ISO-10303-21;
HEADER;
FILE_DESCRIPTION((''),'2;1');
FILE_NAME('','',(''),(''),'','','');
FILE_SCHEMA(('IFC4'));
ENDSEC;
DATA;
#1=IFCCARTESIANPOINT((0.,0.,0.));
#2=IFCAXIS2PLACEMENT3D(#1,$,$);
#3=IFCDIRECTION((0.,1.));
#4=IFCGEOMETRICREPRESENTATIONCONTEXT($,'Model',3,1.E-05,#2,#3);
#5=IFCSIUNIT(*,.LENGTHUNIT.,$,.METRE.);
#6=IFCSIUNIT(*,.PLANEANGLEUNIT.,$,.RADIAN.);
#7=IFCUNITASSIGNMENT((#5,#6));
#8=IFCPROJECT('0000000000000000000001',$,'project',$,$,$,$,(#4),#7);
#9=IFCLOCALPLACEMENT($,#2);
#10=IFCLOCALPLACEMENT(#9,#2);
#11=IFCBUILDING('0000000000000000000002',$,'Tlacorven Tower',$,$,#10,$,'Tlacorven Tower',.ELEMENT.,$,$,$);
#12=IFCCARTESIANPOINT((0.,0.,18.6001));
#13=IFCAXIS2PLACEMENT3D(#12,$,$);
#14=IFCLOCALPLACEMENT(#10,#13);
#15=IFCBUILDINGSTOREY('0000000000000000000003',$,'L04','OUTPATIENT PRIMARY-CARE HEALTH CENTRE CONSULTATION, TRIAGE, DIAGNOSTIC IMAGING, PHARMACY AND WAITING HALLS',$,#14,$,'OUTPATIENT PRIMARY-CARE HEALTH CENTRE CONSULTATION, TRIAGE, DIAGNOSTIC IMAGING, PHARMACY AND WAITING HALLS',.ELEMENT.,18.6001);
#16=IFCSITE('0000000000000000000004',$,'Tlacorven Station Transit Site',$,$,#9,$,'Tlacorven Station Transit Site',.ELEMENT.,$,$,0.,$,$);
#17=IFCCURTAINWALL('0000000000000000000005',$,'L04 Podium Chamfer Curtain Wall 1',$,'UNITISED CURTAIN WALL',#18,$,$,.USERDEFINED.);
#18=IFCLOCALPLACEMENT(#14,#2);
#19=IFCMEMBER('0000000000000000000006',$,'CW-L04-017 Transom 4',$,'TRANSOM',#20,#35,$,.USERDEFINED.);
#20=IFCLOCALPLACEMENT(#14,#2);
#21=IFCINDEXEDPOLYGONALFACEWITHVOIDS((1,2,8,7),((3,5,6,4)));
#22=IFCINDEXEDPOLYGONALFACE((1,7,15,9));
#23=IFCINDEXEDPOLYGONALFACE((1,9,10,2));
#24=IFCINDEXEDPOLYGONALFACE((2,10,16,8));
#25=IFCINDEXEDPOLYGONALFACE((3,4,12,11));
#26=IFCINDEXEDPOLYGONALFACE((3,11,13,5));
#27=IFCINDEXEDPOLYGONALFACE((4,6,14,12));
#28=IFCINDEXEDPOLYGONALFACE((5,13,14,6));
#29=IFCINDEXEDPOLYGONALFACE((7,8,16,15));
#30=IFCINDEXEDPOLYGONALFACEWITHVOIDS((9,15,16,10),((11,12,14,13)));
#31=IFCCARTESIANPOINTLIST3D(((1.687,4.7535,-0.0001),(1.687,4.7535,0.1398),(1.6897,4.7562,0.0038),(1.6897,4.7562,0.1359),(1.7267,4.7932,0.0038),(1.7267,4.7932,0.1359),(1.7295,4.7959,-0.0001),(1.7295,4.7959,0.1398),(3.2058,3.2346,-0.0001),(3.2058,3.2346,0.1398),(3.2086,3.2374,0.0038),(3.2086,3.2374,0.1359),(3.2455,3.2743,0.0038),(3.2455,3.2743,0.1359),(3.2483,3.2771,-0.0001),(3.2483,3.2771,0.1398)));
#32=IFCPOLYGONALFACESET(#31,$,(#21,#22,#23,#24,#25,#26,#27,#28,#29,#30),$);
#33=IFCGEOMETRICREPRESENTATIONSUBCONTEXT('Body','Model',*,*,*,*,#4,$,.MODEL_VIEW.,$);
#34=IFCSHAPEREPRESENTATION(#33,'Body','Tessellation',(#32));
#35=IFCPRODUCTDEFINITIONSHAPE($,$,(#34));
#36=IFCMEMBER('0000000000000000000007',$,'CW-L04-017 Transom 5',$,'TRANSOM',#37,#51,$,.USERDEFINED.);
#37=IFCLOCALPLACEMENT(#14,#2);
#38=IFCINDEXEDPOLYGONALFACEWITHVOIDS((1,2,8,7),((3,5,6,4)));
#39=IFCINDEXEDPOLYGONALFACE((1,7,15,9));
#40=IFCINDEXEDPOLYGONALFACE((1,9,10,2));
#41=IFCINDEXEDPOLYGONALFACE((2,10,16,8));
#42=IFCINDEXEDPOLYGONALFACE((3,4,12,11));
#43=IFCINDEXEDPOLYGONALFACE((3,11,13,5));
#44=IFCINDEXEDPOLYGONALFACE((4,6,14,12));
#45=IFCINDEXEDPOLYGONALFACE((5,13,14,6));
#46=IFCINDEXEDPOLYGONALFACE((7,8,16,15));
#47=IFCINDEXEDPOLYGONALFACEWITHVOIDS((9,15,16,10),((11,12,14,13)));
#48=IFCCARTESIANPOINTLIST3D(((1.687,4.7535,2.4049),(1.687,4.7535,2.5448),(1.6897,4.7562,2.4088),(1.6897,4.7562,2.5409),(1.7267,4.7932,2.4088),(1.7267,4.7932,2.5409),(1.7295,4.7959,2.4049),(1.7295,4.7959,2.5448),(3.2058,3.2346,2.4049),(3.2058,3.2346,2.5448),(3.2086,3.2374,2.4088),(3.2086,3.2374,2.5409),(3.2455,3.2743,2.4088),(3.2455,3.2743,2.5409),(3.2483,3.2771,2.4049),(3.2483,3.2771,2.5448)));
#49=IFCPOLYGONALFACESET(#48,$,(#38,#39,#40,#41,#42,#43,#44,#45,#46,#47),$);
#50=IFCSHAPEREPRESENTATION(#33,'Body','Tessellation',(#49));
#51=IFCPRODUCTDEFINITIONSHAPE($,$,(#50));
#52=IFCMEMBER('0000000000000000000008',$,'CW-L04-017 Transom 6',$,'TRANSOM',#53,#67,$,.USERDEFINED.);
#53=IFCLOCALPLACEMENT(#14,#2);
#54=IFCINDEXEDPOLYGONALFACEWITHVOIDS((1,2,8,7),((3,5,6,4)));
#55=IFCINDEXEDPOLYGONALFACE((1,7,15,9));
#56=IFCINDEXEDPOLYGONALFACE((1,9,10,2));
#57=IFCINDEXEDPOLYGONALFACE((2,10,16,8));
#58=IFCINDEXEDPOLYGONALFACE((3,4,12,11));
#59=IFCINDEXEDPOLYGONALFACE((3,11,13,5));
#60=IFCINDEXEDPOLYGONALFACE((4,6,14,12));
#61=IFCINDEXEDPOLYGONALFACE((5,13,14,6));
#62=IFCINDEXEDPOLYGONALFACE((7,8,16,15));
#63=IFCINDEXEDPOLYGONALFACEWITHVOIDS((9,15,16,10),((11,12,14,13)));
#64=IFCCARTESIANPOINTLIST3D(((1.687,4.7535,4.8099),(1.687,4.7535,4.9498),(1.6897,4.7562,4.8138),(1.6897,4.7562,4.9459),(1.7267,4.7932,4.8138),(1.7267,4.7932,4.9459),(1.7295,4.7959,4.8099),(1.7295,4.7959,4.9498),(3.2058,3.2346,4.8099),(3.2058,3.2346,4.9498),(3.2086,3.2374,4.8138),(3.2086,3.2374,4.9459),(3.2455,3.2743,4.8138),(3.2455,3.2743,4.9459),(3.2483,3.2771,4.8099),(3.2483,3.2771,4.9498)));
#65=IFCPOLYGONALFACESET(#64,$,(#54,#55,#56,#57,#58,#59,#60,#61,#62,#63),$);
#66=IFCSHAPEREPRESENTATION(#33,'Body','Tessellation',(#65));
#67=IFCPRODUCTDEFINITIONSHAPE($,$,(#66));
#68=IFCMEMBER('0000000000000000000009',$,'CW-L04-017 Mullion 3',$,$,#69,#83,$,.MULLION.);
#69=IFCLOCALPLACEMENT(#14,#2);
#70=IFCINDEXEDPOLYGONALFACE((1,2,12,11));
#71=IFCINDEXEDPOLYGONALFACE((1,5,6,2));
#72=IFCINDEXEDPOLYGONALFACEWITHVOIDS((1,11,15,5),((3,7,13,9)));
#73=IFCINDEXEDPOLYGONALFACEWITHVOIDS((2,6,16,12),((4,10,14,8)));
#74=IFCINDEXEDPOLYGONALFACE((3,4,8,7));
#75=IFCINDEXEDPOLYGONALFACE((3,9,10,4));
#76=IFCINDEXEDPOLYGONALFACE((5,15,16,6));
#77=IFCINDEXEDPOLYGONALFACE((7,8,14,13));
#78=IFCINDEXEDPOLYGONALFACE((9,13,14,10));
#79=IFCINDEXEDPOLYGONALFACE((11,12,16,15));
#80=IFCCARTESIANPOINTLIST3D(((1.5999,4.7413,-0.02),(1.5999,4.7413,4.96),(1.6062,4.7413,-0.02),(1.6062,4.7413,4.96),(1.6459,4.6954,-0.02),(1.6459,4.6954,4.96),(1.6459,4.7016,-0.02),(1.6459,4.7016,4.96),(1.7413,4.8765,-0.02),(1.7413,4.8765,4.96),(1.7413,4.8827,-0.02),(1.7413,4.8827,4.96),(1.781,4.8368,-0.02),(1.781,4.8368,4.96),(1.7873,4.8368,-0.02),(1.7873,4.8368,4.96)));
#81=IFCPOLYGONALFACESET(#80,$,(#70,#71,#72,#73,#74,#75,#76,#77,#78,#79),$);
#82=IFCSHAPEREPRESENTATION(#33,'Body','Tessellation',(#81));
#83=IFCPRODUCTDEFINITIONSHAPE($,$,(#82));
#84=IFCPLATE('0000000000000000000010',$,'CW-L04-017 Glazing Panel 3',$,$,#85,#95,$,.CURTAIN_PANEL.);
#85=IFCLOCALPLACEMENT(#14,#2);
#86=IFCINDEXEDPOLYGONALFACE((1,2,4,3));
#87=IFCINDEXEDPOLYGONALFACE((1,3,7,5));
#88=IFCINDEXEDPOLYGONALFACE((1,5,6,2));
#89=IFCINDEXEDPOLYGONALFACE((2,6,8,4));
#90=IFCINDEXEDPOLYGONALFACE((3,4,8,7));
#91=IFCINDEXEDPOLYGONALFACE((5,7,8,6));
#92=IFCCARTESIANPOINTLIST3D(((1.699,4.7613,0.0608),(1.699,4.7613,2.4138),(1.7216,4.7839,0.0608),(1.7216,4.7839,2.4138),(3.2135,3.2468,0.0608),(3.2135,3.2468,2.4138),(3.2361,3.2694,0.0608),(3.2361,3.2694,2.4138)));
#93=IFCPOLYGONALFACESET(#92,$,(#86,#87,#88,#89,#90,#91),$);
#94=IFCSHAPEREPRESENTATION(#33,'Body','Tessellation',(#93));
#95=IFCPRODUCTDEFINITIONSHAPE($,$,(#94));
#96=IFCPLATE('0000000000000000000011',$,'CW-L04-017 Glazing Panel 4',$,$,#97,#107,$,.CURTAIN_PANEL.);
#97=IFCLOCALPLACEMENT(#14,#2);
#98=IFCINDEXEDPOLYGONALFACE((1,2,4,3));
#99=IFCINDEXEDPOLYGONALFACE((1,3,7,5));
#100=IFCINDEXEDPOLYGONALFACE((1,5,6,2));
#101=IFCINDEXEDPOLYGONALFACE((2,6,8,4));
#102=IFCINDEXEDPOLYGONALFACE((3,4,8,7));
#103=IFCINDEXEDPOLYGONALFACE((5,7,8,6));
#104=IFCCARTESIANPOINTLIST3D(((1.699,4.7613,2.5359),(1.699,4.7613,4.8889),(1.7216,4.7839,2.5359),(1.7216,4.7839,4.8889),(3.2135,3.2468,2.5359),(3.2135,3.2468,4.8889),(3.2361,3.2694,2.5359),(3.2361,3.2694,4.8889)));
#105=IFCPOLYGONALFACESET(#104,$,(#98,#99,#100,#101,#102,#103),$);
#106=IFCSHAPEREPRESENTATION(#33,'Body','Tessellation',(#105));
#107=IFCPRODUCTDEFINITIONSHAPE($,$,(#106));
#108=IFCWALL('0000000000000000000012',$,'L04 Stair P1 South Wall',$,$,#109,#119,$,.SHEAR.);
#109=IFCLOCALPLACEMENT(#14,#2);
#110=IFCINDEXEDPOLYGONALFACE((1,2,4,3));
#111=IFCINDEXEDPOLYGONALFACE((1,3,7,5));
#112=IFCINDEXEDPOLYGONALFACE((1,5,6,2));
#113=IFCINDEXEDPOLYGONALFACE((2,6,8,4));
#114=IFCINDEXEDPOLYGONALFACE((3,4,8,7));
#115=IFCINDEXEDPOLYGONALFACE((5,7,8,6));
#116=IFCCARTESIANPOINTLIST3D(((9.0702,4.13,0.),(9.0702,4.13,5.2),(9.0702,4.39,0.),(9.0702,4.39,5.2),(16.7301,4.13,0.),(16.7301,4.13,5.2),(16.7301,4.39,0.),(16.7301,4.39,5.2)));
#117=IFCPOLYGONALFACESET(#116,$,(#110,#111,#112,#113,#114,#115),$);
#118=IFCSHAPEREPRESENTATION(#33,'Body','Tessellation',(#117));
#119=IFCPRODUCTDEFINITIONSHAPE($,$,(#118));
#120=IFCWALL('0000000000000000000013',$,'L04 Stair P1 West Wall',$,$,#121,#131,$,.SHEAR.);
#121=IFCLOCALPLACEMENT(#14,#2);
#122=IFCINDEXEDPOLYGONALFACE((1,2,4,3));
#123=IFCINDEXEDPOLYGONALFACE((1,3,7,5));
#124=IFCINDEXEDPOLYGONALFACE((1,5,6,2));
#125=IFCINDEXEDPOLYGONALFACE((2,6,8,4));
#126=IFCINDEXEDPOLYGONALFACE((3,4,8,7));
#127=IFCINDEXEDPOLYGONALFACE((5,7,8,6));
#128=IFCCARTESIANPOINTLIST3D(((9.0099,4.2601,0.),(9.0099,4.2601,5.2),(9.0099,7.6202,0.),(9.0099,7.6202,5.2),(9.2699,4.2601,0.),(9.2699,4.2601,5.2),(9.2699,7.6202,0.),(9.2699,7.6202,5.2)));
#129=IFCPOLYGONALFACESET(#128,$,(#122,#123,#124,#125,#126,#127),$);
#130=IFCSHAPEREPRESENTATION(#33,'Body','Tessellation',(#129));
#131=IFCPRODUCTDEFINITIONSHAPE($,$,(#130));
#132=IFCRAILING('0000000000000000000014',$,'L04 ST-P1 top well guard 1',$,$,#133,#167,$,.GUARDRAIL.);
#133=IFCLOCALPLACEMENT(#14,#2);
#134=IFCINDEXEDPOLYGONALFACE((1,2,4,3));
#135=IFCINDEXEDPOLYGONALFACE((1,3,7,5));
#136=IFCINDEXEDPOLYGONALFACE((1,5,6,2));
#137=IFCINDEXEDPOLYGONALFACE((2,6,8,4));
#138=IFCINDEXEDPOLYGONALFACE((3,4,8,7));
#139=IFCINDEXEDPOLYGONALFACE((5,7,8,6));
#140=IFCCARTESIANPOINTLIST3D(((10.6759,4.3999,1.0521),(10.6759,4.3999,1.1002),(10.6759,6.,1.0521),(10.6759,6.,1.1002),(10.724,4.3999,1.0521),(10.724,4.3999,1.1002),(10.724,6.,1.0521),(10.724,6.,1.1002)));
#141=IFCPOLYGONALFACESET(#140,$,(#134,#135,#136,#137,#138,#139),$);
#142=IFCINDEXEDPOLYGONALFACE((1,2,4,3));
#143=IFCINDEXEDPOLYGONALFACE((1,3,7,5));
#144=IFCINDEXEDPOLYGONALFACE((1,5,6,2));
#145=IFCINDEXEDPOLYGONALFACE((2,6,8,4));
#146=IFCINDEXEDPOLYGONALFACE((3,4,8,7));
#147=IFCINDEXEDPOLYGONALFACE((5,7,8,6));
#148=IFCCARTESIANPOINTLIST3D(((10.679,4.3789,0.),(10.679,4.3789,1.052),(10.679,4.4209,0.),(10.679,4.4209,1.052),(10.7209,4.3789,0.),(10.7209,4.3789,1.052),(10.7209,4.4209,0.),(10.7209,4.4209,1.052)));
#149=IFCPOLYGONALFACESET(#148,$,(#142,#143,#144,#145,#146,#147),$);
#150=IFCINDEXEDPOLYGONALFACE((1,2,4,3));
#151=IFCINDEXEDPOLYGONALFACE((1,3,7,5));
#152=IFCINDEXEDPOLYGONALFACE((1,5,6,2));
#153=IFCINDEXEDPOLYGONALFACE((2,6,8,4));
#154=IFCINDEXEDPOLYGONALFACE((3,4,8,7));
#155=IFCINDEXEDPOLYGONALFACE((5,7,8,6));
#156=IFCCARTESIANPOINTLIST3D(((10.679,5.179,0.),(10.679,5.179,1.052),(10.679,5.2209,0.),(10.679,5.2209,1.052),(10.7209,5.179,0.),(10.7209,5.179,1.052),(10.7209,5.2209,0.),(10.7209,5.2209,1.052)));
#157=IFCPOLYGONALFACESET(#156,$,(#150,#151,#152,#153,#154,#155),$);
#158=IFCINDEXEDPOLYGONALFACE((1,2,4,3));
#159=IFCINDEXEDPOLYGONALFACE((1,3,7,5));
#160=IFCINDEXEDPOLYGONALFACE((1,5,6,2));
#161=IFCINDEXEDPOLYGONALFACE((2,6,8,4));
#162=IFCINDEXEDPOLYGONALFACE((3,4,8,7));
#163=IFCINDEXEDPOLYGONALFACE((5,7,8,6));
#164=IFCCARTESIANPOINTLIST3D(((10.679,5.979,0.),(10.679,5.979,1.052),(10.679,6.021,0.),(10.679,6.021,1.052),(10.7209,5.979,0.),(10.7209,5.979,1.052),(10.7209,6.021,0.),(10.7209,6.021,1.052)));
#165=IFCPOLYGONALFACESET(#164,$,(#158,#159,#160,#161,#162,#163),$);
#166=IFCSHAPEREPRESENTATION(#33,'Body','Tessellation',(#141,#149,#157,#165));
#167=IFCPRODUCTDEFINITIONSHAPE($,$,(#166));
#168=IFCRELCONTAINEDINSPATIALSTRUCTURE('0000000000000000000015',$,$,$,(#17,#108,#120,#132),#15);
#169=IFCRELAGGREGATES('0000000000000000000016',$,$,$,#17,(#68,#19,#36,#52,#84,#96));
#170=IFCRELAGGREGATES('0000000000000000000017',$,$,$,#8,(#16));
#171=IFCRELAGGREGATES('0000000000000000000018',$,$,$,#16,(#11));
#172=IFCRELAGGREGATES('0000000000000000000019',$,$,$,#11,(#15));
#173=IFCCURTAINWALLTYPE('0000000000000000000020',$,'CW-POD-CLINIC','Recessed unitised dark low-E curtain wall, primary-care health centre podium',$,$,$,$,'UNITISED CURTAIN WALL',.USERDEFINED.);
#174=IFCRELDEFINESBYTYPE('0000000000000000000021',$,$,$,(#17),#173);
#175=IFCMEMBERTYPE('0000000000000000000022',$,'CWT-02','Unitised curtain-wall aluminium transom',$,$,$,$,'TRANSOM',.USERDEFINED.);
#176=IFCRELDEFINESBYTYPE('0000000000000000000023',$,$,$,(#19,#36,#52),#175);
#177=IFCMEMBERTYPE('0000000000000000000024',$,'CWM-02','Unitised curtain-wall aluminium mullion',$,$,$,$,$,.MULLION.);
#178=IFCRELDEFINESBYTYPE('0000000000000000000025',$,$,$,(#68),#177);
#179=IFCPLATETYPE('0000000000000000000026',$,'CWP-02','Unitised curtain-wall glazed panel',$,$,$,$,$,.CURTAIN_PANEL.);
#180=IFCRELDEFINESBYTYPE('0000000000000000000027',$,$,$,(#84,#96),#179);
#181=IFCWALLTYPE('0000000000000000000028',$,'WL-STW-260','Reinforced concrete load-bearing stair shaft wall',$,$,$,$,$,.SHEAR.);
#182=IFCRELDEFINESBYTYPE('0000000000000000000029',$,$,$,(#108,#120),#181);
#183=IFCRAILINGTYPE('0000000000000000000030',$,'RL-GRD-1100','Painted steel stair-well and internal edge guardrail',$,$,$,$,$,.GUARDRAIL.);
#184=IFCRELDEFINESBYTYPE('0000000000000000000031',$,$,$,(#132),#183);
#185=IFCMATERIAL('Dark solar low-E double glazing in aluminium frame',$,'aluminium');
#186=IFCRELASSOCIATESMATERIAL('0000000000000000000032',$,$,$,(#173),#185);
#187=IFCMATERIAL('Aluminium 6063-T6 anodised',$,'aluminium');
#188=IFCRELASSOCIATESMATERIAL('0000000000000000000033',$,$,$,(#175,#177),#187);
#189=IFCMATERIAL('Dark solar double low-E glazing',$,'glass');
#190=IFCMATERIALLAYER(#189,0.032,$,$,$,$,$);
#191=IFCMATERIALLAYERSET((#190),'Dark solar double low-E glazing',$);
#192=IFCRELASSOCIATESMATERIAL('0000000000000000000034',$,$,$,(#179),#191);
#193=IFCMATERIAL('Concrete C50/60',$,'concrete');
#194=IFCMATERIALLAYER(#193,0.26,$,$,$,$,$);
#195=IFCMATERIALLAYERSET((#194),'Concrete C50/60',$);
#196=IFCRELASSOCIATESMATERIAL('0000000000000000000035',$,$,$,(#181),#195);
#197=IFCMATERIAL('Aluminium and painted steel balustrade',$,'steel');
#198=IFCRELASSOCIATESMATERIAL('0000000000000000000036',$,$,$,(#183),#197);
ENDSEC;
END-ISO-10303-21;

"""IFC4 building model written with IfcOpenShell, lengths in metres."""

from ifc_helpers import new_model, si_unit, direction, frame, frame_2d, origin, origin_2d, place, context, subcontext, project, spatial, rectangle, hollow_rectangle, extrude, source, transform, mapped, material, layer, layer_set, material_profile, profile_set, type_object, element, aggregate, save


model = new_model("IFC4")

# Units and contexts
model_context = context("Model", 3, precision=1e-05, world=origin(), true_north=direction((0.0, 1.0)))
body_context = subcontext(model_context, "Body", "Model", "MODEL_VIEW")
ifc_project = project(units=[si_unit("LENGTHUNIT", "METRE"), si_unit("PLANEANGLEUNIT", "RADIAN")], contexts=[model_context])

# Site, building, storey
site_placement = place(None, origin())
site = spatial("IfcSite", under=ifc_project, at=site_placement, Name="Tlacorven Station Transit Site", LongName="Tlacorven Station Transit Site", CompositionType="ELEMENT", RefElevation=0.0)
building_placement = place(site_placement, origin())
building = spatial("IfcBuilding", under=site, at=building_placement, Name="Tlacorven Tower", LongName="Tlacorven Tower", CompositionType="ELEMENT")
storey_placement = place(building_placement, frame((0.0, 0.0, 18.6001)))
storey = spatial("IfcBuildingStorey", under=building, at=storey_placement, Name="L04", Description="OUTPATIENT PRIMARY-CARE HEALTH CENTRE CONSULTATION, TRIAGE, DIAGNOSTIC IMAGING, PHARMACY AND WAITING HALLS", LongName="OUTPATIENT PRIMARY-CARE HEALTH CENTRE CONSULTATION, TRIAGE, DIAGNOSTIC IMAGING, PHARMACY AND WAITING HALLS", CompositionType="ELEMENT", Elevation=18.6001)

# Curtain wall, members, plates
ifc_material_1 = material(Name="Dark solar low-E double glazing in aluminium frame", Category="aluminium")
curtain_wall_type = type_object("IfcCurtainWallType", Name="CW-POD-CLINIC", Description="Recessed unitised dark low-E curtain wall, primary-care health centre podium", ElementType="UNITISED CURTAIN WALL", PredefinedType="USERDEFINED", material=ifc_material_1)
curtain_wall_placement = place(storey_placement, origin())
curtain_wall = element("IfcCurtainWall", 1, at=curtain_wall_placement, inside=storey, type_object=curtain_wall_type, Name="L04 Podium Chamfer Curtain Wall 1", ObjectType="UNITISED CURTAIN WALL", PredefinedType="USERDEFINED")
ifc_material_2 = material(Name="Aluminium 6063-T6 anodised", Category="aluminium")
ifc_material_profile_1 = material_profile(ifc_material_2, hollow_rectangle(XDim=0.0601, YDim=0.1399, WallThickness=0.0039, at=origin_2d()), Name="ALU TRANSOM 60X140")
ifc_profile_set_1 = profile_set([ifc_material_profile_1], Name="Aluminium 6063-T6 anodised")
member_type_1 = type_object("IfcMemberType", Name="CWT-02", Description="Unitised curtain-wall aluminium transom", ElementType="TRANSOM", PredefinedType="USERDEFINED", material=ifc_profile_set_1)
shared_shape_1 = source(origin(), body_context, "Body", "SweptSolid", [
    extrude(hollow_rectangle(XDim=0.0601, YDim=0.1399, WallThickness=0.0039, at=origin_2d()), origin(), (0.0, 0.0, 1.0), 2.1479),
])
member_1_placement = place(storey_placement, frame((3.2271, 3.2559, 0.0698), z_axis=(-0.707107, 0.707107, 0.0), x_axis=(-0.707107, -0.707107, 0.0)))
member_1 = element("IfcMember", 2, at=member_1_placement, type_object=member_type_1, Name="CW-L04-017 Transom 4", ObjectType="TRANSOM", PredefinedType="USERDEFINED", context=body_context, shape_type="MappedRepresentation", body=[
    mapped(shared_shape_1, transform((0.0, 0.0, 0.0), scale=1.0)),
])
member_2_placement = place(storey_placement, frame((3.2271, 3.2559, 2.4749), z_axis=(-0.707107, 0.707107, 0.0), x_axis=(-0.707107, -0.707107, 0.0)))
member_2 = element("IfcMember", 3, at=member_2_placement, type_object=member_type_1, Name="CW-L04-017 Transom 5", ObjectType="TRANSOM", PredefinedType="USERDEFINED", context=body_context, shape_type="MappedRepresentation", body=[
    mapped(shared_shape_1, transform((0.0, 0.0, 0.0), scale=1.0)),
])
member_3_placement = place(storey_placement, frame((3.2271, 3.2559, 4.8799), z_axis=(-0.707107, 0.707107, 0.0), x_axis=(-0.707107, -0.707107, 0.0)))
member_3 = element("IfcMember", 4, at=member_3_placement, type_object=member_type_1, Name="CW-L04-017 Transom 6", ObjectType="TRANSOM", PredefinedType="USERDEFINED", context=body_context, shape_type="MappedRepresentation", body=[
    mapped(shared_shape_1, transform((0.0, 0.0, 0.0), scale=1.0)),
])
ifc_material_profile_2 = material_profile(ifc_material_2, hollow_rectangle(XDim=0.0649, YDim=0.2, WallThickness=0.0044, at=origin_2d()), Name="ALU MULLION 65X200")
ifc_profile_set_2 = profile_set([ifc_material_profile_2], Name="Aluminium 6063-T6 anodised")
member_type_2 = type_object("IfcMemberType", Name="CWM-02", Description="Unitised curtain-wall aluminium mullion", PredefinedType="MULLION", material=ifc_profile_set_2)
shared_shape_2 = source(origin(), body_context, "Body", "SweptSolid", [
    extrude(hollow_rectangle(XDim=0.0649, YDim=0.2, WallThickness=0.0044, at=origin_2d()), origin(), (0.0, 0.0, 1.0), 4.98),
])
member_4_placement = place(storey_placement, frame((1.6936, 4.7891, -0.02), z_axis=(0.0, 0.0, 1.0), x_axis=(-0.707107, 0.707107, 0.0)))
member_4 = element("IfcMember", 5, at=member_4_placement, type_object=member_type_2, Name="CW-L04-017 Mullion 3", PredefinedType="MULLION", context=body_context, shape_type="MappedRepresentation", body=[
    mapped(shared_shape_2, transform((0.0, 0.0, 0.0), scale=1.0)),
])
ifc_material_3 = material(Name="Dark solar double low-E glazing", Category="glass")
ifc_layer_1 = layer(ifc_material_3, 0.032)
ifc_layer_set_1 = layer_set([ifc_layer_1], Name="Dark solar double low-E glazing")
plate_type = type_object("IfcPlateType", Name="CWP-02", Description="Unitised curtain-wall glazed panel", PredefinedType="CURTAIN_PANEL", material=ifc_layer_set_1)
shared_shape_3 = source(origin(), body_context, "Body", "SweptSolid", [
    extrude(rectangle(XDim=2.1418, YDim=0.032, at=origin_2d()), origin(), (0.0, 0.0, 1.0), 2.353),
])
plate_1_placement = place(storey_placement, frame((2.4675, 4.0154, 0.0608), z_axis=(0.0, 0.0, 1.0), x_axis=(-0.707107, 0.707107, 0.0)))
plate_1 = element("IfcPlate", 6, at=plate_1_placement, type_object=plate_type, Name="CW-L04-017 Glazing Panel 3", PredefinedType="CURTAIN_PANEL", context=body_context, shape_type="MappedRepresentation", body=[
    mapped(shared_shape_3, transform((0.0, 0.0, 0.0), scale=1.0)),
])
plate_2_placement = place(storey_placement, frame((2.4675, 4.0154, 2.5359), z_axis=(0.0, 0.0, 1.0), x_axis=(-0.707107, 0.707107, 0.0)))
plate_2 = element("IfcPlate", 7, at=plate_2_placement, type_object=plate_type, Name="CW-L04-017 Glazing Panel 4", PredefinedType="CURTAIN_PANEL", context=body_context, shape_type="MappedRepresentation", body=[
    mapped(shared_shape_3, transform((0.0, 0.0, 0.0), scale=1.0)),
])
aggregate(curtain_wall, [member_4, member_1, member_2, member_3, plate_1, plate_2])

# Walls
ifc_material_4 = material(Name="Concrete C50/60", Category="concrete")
ifc_layer_2 = layer(ifc_material_4, 0.26)
ifc_layer_set_2 = layer_set([ifc_layer_2], Name="Concrete C50/60")
wall_type = type_object("IfcWallType", Name="WL-STW-260", Description="Reinforced concrete load-bearing stair shaft wall", PredefinedType="SHEAR", material=ifc_layer_set_2)
wall_1_placement = place(storey_placement, frame((9.0701, 4.26, 0.0), z_axis=(0.0, 0.0, 1.0), x_axis=(1.0, 0.0, 0.0)))
element("IfcWall", 8, at=wall_1_placement, inside=storey, type_object=wall_type, Name="L04 Stair P1 South Wall", PredefinedType="SHEAR", context=body_context, shape_type="SweptSolid", body=[
    extrude(rectangle(XDim=7.6599, YDim=0.26, at=frame_2d((3.8301, 0.0))), origin(), (0.0, 0.0, 1.0), 5.2),
])
wall_2_placement = place(storey_placement, frame((9.1399, 4.26, 0.0), z_axis=(0.0, 0.0, 1.0), x_axis=(0.0, 1.0, 0.0)))
element("IfcWall", 9, at=wall_2_placement, inside=storey, type_object=wall_type, Name="L04 Stair P1 West Wall", PredefinedType="SHEAR", context=body_context, shape_type="SweptSolid", body=[
    extrude(rectangle(XDim=3.3601, YDim=0.26, at=frame_2d((1.6802, 0.0))), origin(), (0.0, 0.0, 1.0), 5.2),
])

# Railing
ifc_material_5 = material(Name="Aluminium and painted steel balustrade", Category="steel")
railing_type = type_object("IfcRailingType", Name="RL-GRD-1100", Description="Painted steel stair-well and internal edge guardrail", PredefinedType="GUARDRAIL", material=ifc_material_5)
shared_shape_4 = source(origin(), body_context, "Body", "SweptSolid", [
    extrude(rectangle(XDim=0.0481, YDim=0.0481, at=origin_2d()), frame((0.0, 0.0, 1.0762), z_axis=(0.0, 1.0, 0.0), x_axis=(-1.0, 0.0, 0.0)), (0.0, 0.0, 1.0), 1.6001),
    extrude(rectangle(XDim=0.042, YDim=0.042, at=origin_2d()), origin(), (0.0, 0.0, 1.0), 1.052),
    extrude(rectangle(XDim=0.042, YDim=0.042, at=origin_2d()), frame((0.0, 0.8, 0.0)), (0.0, 0.0, 1.0), 1.052),
    extrude(rectangle(XDim=0.042, YDim=0.042, at=origin_2d()), frame((0.0, 1.6001, 0.0)), (0.0, 0.0, 1.0), 1.052),
])
railing_placement = place(storey_placement, frame((10.7, 4.3999, 0.0)))
element("IfcRailing", 10, at=railing_placement, inside=storey, type_object=railing_type, Name="L04 ST-P1 top well guard 1", PredefinedType="GUARDRAIL", context=body_context, shape_type="MappedRepresentation", body=[
    mapped(shared_shape_4, transform((0.0, 0.0, 0.0), scale=1.0)),
])

save(model, "model.ifc")
